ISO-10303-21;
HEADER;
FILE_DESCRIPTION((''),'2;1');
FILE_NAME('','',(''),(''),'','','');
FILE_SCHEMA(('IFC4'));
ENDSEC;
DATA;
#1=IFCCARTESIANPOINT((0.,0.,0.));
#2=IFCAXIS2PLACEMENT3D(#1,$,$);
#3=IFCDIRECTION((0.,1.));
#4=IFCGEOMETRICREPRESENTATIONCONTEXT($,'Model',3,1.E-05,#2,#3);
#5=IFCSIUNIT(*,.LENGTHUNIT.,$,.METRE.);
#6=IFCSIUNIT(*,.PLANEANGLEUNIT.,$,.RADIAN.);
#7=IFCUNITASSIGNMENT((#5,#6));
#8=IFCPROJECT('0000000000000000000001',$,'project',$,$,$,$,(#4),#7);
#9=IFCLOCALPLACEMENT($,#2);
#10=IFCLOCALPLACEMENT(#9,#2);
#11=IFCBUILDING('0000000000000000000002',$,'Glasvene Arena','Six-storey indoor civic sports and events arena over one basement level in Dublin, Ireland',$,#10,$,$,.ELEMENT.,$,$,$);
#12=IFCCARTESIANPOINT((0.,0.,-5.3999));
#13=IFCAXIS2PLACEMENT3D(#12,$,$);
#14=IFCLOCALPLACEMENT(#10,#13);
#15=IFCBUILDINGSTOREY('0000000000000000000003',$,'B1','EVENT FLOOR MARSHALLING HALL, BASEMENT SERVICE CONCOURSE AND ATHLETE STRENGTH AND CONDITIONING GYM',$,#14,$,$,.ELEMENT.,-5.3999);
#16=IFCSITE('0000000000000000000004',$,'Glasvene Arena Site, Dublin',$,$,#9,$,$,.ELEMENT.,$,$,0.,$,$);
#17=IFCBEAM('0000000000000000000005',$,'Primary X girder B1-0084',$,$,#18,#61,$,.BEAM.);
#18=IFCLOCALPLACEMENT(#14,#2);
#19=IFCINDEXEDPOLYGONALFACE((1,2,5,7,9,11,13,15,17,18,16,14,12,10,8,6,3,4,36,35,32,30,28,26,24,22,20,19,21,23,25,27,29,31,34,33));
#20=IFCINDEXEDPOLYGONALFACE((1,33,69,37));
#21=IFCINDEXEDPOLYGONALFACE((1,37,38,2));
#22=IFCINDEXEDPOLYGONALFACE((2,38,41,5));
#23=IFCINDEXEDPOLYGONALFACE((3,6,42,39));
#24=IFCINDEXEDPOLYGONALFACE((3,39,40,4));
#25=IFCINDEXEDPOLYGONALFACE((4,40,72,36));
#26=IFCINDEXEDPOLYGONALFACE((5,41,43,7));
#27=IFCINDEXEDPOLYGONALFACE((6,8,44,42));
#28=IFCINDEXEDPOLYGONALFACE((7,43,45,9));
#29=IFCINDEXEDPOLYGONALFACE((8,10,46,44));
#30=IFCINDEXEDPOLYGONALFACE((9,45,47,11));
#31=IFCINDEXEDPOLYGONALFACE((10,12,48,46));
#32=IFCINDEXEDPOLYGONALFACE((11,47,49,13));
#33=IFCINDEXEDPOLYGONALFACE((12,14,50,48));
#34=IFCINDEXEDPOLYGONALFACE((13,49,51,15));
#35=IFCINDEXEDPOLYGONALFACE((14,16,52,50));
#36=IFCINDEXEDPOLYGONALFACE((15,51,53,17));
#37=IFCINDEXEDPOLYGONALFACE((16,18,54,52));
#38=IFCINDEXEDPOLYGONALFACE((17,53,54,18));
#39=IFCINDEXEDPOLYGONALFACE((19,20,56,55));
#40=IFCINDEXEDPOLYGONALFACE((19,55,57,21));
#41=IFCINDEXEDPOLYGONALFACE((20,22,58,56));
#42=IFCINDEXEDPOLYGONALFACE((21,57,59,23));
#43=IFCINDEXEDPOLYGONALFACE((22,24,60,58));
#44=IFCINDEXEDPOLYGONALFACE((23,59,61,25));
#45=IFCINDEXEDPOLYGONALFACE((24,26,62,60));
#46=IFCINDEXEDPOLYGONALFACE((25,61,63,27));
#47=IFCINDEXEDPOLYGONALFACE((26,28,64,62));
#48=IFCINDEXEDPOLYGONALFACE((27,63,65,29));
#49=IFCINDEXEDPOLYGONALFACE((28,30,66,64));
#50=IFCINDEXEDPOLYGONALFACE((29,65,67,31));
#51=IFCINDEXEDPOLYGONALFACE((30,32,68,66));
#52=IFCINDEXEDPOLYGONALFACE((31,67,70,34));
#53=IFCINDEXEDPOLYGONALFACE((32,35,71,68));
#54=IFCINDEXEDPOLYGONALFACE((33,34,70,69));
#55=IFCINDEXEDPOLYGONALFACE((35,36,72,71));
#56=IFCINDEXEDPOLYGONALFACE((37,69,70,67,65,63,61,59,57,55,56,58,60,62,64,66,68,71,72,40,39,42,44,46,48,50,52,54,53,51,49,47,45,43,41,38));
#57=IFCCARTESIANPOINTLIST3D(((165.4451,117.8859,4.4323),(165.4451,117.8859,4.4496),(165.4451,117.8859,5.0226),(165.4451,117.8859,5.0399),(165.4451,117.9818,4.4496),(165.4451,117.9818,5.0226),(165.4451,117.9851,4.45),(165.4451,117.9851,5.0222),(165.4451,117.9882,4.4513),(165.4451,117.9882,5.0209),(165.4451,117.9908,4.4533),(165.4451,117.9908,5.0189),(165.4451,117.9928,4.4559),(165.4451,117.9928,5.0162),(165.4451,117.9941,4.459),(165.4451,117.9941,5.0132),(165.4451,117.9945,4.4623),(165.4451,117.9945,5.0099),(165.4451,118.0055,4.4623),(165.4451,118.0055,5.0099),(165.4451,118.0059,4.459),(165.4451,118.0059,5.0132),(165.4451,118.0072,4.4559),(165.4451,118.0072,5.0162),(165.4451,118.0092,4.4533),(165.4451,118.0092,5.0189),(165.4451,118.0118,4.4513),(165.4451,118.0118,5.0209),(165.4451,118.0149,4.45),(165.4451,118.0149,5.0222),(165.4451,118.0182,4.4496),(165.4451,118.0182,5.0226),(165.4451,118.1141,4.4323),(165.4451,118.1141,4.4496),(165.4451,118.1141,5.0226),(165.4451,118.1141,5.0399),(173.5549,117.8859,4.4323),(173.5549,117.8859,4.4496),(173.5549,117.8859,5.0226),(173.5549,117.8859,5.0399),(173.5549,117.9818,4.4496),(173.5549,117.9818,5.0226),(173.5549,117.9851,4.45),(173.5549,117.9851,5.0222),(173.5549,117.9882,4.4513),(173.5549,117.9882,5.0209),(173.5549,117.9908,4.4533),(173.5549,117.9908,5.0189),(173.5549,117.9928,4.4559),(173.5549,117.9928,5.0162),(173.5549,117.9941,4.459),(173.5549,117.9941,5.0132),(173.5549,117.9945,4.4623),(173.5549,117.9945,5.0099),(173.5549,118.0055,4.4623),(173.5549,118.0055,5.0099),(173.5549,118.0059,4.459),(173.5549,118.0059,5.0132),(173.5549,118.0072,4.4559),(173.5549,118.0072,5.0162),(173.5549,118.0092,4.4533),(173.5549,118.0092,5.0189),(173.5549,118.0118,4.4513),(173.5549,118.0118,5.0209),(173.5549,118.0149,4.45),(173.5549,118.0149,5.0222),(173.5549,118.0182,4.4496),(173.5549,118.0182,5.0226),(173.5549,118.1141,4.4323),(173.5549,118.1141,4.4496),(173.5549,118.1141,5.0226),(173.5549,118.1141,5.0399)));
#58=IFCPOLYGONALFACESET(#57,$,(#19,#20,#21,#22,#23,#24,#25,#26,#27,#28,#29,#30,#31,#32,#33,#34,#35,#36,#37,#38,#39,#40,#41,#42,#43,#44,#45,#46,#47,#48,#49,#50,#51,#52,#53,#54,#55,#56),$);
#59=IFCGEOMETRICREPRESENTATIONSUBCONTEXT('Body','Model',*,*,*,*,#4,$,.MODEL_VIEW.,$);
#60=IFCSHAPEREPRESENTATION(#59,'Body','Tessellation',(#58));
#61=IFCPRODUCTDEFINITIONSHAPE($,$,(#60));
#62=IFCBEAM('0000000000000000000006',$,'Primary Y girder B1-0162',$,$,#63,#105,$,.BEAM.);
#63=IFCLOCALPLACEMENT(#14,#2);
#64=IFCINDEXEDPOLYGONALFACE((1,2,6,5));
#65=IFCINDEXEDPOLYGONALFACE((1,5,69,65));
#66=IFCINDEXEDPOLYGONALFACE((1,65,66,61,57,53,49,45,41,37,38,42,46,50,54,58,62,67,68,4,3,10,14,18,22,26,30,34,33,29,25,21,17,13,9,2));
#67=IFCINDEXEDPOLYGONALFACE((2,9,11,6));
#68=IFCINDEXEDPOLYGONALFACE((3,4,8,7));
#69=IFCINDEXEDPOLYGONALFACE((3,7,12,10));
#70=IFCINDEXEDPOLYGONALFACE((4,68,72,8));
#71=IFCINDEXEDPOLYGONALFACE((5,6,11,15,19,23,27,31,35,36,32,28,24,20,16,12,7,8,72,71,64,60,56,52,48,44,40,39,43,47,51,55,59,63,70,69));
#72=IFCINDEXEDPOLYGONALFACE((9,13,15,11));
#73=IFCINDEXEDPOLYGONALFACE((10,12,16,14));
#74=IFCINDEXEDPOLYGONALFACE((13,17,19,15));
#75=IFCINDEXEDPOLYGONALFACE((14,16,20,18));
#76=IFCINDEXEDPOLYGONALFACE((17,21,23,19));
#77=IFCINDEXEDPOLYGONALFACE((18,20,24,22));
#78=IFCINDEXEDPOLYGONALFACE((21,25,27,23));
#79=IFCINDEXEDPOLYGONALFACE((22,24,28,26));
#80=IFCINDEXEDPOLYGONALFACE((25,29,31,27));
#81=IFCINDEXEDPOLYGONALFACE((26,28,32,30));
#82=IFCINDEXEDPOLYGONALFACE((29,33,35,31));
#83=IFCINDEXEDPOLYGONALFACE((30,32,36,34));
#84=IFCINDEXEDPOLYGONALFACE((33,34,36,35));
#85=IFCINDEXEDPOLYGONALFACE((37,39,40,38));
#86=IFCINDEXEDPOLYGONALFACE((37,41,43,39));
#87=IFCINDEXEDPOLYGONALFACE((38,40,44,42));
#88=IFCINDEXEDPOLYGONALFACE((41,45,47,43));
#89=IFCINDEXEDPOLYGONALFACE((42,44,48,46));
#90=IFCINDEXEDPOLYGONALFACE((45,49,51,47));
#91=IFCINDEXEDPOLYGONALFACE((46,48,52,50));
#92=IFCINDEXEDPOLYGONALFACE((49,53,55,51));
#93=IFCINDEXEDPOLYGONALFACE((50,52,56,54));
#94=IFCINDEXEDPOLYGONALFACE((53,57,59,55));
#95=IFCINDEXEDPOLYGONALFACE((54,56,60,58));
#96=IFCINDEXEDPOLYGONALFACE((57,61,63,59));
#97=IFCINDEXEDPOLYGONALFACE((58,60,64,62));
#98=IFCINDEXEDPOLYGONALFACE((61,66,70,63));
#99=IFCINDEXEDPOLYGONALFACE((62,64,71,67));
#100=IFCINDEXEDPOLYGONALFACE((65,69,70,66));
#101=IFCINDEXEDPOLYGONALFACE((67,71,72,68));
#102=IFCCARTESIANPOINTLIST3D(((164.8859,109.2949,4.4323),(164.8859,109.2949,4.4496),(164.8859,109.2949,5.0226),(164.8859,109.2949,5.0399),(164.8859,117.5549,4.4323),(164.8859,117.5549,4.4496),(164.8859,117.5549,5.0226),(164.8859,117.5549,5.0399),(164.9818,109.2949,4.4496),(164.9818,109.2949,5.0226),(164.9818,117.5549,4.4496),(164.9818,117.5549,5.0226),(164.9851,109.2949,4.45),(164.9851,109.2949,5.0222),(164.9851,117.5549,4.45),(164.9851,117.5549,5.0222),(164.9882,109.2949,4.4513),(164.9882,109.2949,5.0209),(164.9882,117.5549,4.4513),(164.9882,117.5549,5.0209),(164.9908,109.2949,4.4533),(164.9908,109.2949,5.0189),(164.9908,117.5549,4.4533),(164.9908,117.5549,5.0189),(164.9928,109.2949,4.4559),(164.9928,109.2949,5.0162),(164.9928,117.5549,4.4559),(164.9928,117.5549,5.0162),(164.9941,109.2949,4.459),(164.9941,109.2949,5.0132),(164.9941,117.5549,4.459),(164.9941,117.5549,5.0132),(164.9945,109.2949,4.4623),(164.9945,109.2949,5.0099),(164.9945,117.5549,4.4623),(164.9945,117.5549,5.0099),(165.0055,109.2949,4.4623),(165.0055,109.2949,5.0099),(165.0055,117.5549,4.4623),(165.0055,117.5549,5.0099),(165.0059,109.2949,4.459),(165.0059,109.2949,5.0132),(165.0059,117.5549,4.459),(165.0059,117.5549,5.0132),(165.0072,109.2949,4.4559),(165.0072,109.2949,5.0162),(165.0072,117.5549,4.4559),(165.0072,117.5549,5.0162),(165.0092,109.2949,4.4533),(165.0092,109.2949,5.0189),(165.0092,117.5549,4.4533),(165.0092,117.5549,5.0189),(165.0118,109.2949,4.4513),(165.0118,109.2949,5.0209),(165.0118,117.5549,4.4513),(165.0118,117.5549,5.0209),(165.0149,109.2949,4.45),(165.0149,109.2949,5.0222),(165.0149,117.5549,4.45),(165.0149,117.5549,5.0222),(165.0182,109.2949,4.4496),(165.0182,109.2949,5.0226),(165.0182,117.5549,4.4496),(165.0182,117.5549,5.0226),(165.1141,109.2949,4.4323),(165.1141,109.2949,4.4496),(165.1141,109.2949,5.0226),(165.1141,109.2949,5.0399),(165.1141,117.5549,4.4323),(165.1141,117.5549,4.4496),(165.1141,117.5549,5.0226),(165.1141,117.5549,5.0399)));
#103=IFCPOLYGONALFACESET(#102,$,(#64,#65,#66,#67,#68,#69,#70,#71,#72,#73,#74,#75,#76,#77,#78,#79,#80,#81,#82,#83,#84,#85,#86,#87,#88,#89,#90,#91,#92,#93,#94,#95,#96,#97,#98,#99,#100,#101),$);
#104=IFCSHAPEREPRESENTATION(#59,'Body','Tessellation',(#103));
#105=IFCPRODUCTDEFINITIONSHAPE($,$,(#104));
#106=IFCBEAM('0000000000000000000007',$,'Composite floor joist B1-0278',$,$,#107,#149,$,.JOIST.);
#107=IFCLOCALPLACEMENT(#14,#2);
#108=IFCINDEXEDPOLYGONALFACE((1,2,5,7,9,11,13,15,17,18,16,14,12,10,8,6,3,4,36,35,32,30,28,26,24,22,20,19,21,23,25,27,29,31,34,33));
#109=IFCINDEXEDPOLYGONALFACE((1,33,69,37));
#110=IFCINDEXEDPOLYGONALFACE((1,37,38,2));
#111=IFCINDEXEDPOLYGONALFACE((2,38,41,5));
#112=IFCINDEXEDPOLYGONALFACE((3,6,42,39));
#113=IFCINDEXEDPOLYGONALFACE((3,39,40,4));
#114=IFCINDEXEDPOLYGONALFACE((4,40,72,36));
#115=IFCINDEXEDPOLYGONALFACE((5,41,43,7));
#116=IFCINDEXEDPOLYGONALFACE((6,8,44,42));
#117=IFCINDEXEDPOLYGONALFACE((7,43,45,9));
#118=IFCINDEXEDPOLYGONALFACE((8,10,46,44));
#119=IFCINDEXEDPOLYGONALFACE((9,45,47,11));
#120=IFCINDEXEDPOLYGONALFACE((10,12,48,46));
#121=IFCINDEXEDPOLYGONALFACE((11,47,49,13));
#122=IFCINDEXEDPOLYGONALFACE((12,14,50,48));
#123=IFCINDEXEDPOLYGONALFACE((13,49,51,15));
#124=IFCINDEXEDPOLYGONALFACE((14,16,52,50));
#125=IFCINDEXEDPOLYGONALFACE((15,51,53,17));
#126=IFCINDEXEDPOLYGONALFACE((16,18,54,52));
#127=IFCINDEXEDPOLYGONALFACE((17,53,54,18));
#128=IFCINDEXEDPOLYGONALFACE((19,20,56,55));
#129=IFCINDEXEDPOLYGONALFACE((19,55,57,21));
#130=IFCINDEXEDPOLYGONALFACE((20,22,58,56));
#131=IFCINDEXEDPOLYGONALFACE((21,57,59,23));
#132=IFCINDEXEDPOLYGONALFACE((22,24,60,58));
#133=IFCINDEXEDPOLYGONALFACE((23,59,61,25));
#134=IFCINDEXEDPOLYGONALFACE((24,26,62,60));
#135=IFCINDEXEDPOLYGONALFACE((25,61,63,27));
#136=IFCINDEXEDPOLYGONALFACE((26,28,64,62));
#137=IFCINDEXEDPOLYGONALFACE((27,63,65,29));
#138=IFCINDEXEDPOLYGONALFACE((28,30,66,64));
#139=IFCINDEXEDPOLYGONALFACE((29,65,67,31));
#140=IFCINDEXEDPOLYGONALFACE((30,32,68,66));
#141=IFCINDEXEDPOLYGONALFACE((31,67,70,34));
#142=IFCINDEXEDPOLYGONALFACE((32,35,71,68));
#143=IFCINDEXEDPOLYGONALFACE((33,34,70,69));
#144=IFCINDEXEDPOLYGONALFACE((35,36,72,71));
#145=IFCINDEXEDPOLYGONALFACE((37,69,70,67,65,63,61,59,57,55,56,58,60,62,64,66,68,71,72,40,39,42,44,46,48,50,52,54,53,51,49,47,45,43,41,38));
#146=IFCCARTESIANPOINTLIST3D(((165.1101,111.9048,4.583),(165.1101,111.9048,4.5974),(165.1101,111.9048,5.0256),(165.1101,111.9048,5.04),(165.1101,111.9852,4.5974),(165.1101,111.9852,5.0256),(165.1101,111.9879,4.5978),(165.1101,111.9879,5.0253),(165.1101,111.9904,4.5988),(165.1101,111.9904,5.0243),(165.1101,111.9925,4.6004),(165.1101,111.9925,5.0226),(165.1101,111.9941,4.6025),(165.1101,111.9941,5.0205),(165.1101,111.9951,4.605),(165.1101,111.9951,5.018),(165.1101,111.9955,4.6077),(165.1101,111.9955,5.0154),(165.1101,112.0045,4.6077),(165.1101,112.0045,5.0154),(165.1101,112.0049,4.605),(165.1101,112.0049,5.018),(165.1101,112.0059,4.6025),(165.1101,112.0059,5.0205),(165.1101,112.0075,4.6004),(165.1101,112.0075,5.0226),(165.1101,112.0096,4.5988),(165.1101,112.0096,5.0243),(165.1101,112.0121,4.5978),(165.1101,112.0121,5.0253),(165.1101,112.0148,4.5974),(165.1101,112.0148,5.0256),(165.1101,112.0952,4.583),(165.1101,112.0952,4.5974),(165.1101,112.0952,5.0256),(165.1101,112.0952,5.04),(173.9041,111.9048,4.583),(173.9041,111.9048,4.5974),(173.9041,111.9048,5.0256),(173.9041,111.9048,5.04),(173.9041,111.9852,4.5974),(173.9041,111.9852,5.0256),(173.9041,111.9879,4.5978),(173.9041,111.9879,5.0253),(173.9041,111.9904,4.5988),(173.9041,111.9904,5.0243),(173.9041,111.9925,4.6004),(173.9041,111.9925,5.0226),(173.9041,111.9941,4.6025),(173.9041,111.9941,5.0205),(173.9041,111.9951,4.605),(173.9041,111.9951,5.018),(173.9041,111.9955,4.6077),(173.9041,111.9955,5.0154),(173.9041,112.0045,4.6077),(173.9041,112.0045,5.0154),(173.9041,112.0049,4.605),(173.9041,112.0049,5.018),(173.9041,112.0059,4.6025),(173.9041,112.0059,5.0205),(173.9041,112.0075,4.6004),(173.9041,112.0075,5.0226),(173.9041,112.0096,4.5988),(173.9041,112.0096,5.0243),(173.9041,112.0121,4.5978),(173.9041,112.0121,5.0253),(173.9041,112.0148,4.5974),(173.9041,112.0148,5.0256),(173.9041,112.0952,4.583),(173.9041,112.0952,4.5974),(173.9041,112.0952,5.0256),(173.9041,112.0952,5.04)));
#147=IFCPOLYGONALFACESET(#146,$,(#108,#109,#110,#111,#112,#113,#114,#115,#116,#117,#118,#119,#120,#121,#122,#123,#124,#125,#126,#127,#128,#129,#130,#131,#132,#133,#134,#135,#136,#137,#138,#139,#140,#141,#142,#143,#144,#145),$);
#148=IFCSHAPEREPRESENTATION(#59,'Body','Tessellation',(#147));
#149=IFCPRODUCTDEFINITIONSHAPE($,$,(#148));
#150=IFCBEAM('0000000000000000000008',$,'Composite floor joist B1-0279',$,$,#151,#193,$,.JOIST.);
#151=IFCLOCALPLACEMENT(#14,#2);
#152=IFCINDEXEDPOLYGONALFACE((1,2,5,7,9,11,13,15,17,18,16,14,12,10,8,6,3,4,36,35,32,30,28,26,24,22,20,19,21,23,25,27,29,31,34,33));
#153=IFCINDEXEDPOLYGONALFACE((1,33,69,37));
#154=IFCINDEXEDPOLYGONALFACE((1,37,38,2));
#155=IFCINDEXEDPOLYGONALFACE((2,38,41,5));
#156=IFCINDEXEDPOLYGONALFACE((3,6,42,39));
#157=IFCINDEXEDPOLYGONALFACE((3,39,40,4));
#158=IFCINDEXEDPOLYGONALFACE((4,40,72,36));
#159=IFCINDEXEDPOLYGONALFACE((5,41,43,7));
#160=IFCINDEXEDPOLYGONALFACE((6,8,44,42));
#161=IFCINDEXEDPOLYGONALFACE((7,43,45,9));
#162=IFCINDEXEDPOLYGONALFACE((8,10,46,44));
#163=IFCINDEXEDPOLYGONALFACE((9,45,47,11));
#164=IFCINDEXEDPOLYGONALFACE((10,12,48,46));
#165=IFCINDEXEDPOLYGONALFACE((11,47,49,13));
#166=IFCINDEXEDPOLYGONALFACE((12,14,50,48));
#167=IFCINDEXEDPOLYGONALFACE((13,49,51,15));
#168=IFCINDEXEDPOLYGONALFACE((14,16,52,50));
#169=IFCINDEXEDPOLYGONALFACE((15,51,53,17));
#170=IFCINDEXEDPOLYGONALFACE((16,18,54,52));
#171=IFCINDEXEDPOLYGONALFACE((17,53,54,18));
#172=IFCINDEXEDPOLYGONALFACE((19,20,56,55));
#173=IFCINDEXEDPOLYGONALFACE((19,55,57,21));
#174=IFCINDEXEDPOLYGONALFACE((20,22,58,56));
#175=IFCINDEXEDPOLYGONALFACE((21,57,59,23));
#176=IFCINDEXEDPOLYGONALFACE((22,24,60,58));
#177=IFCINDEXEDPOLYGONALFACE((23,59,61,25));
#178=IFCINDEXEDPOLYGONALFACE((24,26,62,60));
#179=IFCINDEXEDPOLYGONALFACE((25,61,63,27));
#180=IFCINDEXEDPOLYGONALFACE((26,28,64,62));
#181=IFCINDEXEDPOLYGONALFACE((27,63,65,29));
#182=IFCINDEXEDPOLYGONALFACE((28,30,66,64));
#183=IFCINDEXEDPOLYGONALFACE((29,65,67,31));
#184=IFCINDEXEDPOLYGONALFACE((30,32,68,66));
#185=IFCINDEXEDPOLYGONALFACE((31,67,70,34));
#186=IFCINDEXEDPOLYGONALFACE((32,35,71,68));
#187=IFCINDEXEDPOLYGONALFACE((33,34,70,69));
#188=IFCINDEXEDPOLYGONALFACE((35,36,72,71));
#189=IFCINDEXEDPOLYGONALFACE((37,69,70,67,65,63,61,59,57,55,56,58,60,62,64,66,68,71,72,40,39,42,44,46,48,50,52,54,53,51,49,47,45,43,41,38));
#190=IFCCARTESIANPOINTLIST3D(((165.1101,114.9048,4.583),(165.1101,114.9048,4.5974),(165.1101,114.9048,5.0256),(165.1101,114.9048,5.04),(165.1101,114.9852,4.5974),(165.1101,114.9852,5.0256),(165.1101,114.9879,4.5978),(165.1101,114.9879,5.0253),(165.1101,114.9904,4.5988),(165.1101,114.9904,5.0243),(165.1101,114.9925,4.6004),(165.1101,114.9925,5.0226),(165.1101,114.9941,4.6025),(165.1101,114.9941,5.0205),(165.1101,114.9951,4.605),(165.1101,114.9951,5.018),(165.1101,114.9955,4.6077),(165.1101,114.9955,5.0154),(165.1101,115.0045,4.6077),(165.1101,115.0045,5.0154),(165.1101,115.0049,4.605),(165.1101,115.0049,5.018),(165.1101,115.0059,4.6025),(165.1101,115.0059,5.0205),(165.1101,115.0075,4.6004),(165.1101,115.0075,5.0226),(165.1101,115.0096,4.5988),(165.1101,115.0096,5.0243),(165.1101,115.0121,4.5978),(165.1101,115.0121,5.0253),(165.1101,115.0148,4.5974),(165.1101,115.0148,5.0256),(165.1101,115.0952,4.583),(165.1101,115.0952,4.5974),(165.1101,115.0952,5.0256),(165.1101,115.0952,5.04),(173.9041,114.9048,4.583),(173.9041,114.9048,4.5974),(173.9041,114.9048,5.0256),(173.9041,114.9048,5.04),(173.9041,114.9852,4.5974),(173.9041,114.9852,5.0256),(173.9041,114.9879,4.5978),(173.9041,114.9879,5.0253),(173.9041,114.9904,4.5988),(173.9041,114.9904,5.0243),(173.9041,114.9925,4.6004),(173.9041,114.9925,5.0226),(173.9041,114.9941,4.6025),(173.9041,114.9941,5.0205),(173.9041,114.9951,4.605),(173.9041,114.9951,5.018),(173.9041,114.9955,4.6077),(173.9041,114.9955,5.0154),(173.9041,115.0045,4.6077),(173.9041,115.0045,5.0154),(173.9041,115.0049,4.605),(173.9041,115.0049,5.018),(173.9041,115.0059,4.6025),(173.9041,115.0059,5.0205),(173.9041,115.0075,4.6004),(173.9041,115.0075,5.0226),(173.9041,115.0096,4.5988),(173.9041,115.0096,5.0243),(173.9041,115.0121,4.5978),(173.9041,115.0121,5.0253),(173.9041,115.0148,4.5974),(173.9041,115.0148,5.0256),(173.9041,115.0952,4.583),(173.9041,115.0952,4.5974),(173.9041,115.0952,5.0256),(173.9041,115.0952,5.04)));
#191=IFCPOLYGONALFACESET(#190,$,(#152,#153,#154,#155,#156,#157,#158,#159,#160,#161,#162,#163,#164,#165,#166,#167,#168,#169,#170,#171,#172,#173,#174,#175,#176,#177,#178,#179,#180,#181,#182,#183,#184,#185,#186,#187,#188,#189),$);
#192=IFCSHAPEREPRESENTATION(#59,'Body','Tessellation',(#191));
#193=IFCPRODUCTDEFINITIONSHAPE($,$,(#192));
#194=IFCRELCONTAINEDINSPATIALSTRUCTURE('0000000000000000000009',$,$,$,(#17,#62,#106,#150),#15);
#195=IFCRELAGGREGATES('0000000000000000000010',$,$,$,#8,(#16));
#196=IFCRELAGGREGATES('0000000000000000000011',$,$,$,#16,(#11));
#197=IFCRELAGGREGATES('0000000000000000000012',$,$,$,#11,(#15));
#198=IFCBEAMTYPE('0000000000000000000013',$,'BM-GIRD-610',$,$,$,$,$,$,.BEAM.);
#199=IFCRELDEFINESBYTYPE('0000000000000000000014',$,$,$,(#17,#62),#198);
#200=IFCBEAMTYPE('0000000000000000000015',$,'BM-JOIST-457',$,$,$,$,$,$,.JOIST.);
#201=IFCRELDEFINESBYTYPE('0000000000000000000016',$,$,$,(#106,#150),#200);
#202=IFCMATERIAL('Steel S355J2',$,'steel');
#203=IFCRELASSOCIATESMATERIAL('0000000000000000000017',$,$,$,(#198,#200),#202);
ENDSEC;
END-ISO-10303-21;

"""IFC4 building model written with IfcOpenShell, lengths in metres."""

from ifc_helpers import new_model, si_unit, direction, frame, origin, origin_2d, place, context, subcontext, project, spatial, i_section, extrude, material, material_profile, profile_set, type_object, element, save


model = new_model("IFC4")

# Units and contexts
model_context = context("Model", 3, precision=1e-05, world=origin(), true_north=direction((0.0, 1.0)))
body_context = subcontext(model_context, "Body", "Model", "MODEL_VIEW")
ifc_project = project(units=[si_unit("LENGTHUNIT", "METRE"), si_unit("PLANEANGLEUNIT", "RADIAN")], contexts=[model_context])

# Site, building, storey
site_placement = place(None, origin())
site = spatial("IfcSite", under=ifc_project, at=site_placement, Name="Glasvene Arena Site, Dublin", CompositionType="ELEMENT", RefElevation=0.0)
building_placement = place(site_placement, origin())
building = spatial("IfcBuilding", under=site, at=building_placement, Name="Glasvene Arena", Description="Six-storey indoor civic sports and events arena over one basement level in Dublin, Ireland", CompositionType="ELEMENT")
storey_placement = place(building_placement, frame((0.0, 0.0, -5.3999)))
storey = spatial("IfcBuildingStorey", under=building, at=storey_placement, Name="B1", Description="EVENT FLOOR MARSHALLING HALL, BASEMENT SERVICE CONCOURSE AND ATHLETE STRENGTH AND CONDITIONING GYM", CompositionType="ELEMENT", Elevation=-5.3999)

# Beams
ifc_material_1 = material(Name="Steel S355J2", Category="steel")
ifc_material_profile_1 = material_profile(ifc_material_1, i_section(OverallWidth=0.2283, OverallDepth=0.6077, WebThickness=0.011, FlangeThickness=0.0173, FilletRadius=0.0127, at=origin_2d()), Name="UKB 610x229x113")
ifc_profile_set_1 = profile_set([ifc_material_profile_1], Name="Steel S355J2")
beam_type_1 = type_object("IfcBeamType", Name="BM-GIRD-610", PredefinedType="BEAM", material=ifc_profile_set_1)
beam_1_placement = place(storey_placement, frame((165.4451, 118.0, 4.7361), z_axis=(1.0, 0.0, 0.0), x_axis=(0.0, 1.0, 0.0)))
element("IfcBeam", 1, at=beam_1_placement, inside=storey, type_object=beam_type_1, Name="Primary X girder B1-0084", PredefinedType="BEAM", context=body_context, shape_type="SweptSolid", body=[
    extrude(i_section(OverallWidth=0.2283, OverallDepth=0.6077, WebThickness=0.011, FlangeThickness=0.0173, FilletRadius=0.0127, at=origin_2d()), origin(), (0.0, 0.0, 1.0), 8.1099),
])
beam_2_placement = place(storey_placement, frame((165.0, 109.2949, 4.7361), z_axis=(0.0, 1.0, 0.0), x_axis=(-1.0, 0.0, 0.0)))
element("IfcBeam", 2, at=beam_2_placement, inside=storey, type_object=beam_type_1, Name="Primary Y girder B1-0162", PredefinedType="BEAM", context=body_context, shape_type="SweptSolid", body=[
    extrude(i_section(OverallWidth=0.2283, OverallDepth=0.6077, WebThickness=0.011, FlangeThickness=0.0173, FilletRadius=0.0127, at=origin_2d()), origin(), (0.0, 0.0, 1.0), 8.26),
])
ifc_material_profile_2 = material_profile(ifc_material_1, i_section(OverallWidth=0.1904, OverallDepth=0.457, WebThickness=0.009, FlangeThickness=0.0144, FilletRadius=0.0103, at=origin_2d()), Name="UKB 457x191x74")
ifc_profile_set_2 = profile_set([ifc_material_profile_2], Name="Steel S355J2")
beam_type_2 = type_object("IfcBeamType", Name="BM-JOIST-457", PredefinedType="JOIST", material=ifc_profile_set_2)
for number, where, z_axis, x_axis, name in (
    (3, (165.1101, 112.0, 4.8115), (1.0, 0.0, 0.0), (0.0, 1.0, 0.0), "Composite floor joist B1-0278"),
    (4, (165.1101, 115.0, 4.8115), (1.0, 0.0, 0.0), (0.0, 1.0, 0.0), "Composite floor joist B1-0279"),
):
    element("IfcBeam", number, at=place(storey_placement, frame(where, z_axis=z_axis, x_axis=x_axis)), inside=storey, type_object=beam_type_2, Name=name, PredefinedType="JOIST", context=body_context, shape_type="SweptSolid", body=[
        extrude(i_section(OverallWidth=0.1904, OverallDepth=0.457, WebThickness=0.009, FlangeThickness=0.0144, FilletRadius=0.0103, at=origin_2d()), origin(), (0.0, 0.0, 1.0), 8.7939),
    ])

save(model, "model.ifc")
